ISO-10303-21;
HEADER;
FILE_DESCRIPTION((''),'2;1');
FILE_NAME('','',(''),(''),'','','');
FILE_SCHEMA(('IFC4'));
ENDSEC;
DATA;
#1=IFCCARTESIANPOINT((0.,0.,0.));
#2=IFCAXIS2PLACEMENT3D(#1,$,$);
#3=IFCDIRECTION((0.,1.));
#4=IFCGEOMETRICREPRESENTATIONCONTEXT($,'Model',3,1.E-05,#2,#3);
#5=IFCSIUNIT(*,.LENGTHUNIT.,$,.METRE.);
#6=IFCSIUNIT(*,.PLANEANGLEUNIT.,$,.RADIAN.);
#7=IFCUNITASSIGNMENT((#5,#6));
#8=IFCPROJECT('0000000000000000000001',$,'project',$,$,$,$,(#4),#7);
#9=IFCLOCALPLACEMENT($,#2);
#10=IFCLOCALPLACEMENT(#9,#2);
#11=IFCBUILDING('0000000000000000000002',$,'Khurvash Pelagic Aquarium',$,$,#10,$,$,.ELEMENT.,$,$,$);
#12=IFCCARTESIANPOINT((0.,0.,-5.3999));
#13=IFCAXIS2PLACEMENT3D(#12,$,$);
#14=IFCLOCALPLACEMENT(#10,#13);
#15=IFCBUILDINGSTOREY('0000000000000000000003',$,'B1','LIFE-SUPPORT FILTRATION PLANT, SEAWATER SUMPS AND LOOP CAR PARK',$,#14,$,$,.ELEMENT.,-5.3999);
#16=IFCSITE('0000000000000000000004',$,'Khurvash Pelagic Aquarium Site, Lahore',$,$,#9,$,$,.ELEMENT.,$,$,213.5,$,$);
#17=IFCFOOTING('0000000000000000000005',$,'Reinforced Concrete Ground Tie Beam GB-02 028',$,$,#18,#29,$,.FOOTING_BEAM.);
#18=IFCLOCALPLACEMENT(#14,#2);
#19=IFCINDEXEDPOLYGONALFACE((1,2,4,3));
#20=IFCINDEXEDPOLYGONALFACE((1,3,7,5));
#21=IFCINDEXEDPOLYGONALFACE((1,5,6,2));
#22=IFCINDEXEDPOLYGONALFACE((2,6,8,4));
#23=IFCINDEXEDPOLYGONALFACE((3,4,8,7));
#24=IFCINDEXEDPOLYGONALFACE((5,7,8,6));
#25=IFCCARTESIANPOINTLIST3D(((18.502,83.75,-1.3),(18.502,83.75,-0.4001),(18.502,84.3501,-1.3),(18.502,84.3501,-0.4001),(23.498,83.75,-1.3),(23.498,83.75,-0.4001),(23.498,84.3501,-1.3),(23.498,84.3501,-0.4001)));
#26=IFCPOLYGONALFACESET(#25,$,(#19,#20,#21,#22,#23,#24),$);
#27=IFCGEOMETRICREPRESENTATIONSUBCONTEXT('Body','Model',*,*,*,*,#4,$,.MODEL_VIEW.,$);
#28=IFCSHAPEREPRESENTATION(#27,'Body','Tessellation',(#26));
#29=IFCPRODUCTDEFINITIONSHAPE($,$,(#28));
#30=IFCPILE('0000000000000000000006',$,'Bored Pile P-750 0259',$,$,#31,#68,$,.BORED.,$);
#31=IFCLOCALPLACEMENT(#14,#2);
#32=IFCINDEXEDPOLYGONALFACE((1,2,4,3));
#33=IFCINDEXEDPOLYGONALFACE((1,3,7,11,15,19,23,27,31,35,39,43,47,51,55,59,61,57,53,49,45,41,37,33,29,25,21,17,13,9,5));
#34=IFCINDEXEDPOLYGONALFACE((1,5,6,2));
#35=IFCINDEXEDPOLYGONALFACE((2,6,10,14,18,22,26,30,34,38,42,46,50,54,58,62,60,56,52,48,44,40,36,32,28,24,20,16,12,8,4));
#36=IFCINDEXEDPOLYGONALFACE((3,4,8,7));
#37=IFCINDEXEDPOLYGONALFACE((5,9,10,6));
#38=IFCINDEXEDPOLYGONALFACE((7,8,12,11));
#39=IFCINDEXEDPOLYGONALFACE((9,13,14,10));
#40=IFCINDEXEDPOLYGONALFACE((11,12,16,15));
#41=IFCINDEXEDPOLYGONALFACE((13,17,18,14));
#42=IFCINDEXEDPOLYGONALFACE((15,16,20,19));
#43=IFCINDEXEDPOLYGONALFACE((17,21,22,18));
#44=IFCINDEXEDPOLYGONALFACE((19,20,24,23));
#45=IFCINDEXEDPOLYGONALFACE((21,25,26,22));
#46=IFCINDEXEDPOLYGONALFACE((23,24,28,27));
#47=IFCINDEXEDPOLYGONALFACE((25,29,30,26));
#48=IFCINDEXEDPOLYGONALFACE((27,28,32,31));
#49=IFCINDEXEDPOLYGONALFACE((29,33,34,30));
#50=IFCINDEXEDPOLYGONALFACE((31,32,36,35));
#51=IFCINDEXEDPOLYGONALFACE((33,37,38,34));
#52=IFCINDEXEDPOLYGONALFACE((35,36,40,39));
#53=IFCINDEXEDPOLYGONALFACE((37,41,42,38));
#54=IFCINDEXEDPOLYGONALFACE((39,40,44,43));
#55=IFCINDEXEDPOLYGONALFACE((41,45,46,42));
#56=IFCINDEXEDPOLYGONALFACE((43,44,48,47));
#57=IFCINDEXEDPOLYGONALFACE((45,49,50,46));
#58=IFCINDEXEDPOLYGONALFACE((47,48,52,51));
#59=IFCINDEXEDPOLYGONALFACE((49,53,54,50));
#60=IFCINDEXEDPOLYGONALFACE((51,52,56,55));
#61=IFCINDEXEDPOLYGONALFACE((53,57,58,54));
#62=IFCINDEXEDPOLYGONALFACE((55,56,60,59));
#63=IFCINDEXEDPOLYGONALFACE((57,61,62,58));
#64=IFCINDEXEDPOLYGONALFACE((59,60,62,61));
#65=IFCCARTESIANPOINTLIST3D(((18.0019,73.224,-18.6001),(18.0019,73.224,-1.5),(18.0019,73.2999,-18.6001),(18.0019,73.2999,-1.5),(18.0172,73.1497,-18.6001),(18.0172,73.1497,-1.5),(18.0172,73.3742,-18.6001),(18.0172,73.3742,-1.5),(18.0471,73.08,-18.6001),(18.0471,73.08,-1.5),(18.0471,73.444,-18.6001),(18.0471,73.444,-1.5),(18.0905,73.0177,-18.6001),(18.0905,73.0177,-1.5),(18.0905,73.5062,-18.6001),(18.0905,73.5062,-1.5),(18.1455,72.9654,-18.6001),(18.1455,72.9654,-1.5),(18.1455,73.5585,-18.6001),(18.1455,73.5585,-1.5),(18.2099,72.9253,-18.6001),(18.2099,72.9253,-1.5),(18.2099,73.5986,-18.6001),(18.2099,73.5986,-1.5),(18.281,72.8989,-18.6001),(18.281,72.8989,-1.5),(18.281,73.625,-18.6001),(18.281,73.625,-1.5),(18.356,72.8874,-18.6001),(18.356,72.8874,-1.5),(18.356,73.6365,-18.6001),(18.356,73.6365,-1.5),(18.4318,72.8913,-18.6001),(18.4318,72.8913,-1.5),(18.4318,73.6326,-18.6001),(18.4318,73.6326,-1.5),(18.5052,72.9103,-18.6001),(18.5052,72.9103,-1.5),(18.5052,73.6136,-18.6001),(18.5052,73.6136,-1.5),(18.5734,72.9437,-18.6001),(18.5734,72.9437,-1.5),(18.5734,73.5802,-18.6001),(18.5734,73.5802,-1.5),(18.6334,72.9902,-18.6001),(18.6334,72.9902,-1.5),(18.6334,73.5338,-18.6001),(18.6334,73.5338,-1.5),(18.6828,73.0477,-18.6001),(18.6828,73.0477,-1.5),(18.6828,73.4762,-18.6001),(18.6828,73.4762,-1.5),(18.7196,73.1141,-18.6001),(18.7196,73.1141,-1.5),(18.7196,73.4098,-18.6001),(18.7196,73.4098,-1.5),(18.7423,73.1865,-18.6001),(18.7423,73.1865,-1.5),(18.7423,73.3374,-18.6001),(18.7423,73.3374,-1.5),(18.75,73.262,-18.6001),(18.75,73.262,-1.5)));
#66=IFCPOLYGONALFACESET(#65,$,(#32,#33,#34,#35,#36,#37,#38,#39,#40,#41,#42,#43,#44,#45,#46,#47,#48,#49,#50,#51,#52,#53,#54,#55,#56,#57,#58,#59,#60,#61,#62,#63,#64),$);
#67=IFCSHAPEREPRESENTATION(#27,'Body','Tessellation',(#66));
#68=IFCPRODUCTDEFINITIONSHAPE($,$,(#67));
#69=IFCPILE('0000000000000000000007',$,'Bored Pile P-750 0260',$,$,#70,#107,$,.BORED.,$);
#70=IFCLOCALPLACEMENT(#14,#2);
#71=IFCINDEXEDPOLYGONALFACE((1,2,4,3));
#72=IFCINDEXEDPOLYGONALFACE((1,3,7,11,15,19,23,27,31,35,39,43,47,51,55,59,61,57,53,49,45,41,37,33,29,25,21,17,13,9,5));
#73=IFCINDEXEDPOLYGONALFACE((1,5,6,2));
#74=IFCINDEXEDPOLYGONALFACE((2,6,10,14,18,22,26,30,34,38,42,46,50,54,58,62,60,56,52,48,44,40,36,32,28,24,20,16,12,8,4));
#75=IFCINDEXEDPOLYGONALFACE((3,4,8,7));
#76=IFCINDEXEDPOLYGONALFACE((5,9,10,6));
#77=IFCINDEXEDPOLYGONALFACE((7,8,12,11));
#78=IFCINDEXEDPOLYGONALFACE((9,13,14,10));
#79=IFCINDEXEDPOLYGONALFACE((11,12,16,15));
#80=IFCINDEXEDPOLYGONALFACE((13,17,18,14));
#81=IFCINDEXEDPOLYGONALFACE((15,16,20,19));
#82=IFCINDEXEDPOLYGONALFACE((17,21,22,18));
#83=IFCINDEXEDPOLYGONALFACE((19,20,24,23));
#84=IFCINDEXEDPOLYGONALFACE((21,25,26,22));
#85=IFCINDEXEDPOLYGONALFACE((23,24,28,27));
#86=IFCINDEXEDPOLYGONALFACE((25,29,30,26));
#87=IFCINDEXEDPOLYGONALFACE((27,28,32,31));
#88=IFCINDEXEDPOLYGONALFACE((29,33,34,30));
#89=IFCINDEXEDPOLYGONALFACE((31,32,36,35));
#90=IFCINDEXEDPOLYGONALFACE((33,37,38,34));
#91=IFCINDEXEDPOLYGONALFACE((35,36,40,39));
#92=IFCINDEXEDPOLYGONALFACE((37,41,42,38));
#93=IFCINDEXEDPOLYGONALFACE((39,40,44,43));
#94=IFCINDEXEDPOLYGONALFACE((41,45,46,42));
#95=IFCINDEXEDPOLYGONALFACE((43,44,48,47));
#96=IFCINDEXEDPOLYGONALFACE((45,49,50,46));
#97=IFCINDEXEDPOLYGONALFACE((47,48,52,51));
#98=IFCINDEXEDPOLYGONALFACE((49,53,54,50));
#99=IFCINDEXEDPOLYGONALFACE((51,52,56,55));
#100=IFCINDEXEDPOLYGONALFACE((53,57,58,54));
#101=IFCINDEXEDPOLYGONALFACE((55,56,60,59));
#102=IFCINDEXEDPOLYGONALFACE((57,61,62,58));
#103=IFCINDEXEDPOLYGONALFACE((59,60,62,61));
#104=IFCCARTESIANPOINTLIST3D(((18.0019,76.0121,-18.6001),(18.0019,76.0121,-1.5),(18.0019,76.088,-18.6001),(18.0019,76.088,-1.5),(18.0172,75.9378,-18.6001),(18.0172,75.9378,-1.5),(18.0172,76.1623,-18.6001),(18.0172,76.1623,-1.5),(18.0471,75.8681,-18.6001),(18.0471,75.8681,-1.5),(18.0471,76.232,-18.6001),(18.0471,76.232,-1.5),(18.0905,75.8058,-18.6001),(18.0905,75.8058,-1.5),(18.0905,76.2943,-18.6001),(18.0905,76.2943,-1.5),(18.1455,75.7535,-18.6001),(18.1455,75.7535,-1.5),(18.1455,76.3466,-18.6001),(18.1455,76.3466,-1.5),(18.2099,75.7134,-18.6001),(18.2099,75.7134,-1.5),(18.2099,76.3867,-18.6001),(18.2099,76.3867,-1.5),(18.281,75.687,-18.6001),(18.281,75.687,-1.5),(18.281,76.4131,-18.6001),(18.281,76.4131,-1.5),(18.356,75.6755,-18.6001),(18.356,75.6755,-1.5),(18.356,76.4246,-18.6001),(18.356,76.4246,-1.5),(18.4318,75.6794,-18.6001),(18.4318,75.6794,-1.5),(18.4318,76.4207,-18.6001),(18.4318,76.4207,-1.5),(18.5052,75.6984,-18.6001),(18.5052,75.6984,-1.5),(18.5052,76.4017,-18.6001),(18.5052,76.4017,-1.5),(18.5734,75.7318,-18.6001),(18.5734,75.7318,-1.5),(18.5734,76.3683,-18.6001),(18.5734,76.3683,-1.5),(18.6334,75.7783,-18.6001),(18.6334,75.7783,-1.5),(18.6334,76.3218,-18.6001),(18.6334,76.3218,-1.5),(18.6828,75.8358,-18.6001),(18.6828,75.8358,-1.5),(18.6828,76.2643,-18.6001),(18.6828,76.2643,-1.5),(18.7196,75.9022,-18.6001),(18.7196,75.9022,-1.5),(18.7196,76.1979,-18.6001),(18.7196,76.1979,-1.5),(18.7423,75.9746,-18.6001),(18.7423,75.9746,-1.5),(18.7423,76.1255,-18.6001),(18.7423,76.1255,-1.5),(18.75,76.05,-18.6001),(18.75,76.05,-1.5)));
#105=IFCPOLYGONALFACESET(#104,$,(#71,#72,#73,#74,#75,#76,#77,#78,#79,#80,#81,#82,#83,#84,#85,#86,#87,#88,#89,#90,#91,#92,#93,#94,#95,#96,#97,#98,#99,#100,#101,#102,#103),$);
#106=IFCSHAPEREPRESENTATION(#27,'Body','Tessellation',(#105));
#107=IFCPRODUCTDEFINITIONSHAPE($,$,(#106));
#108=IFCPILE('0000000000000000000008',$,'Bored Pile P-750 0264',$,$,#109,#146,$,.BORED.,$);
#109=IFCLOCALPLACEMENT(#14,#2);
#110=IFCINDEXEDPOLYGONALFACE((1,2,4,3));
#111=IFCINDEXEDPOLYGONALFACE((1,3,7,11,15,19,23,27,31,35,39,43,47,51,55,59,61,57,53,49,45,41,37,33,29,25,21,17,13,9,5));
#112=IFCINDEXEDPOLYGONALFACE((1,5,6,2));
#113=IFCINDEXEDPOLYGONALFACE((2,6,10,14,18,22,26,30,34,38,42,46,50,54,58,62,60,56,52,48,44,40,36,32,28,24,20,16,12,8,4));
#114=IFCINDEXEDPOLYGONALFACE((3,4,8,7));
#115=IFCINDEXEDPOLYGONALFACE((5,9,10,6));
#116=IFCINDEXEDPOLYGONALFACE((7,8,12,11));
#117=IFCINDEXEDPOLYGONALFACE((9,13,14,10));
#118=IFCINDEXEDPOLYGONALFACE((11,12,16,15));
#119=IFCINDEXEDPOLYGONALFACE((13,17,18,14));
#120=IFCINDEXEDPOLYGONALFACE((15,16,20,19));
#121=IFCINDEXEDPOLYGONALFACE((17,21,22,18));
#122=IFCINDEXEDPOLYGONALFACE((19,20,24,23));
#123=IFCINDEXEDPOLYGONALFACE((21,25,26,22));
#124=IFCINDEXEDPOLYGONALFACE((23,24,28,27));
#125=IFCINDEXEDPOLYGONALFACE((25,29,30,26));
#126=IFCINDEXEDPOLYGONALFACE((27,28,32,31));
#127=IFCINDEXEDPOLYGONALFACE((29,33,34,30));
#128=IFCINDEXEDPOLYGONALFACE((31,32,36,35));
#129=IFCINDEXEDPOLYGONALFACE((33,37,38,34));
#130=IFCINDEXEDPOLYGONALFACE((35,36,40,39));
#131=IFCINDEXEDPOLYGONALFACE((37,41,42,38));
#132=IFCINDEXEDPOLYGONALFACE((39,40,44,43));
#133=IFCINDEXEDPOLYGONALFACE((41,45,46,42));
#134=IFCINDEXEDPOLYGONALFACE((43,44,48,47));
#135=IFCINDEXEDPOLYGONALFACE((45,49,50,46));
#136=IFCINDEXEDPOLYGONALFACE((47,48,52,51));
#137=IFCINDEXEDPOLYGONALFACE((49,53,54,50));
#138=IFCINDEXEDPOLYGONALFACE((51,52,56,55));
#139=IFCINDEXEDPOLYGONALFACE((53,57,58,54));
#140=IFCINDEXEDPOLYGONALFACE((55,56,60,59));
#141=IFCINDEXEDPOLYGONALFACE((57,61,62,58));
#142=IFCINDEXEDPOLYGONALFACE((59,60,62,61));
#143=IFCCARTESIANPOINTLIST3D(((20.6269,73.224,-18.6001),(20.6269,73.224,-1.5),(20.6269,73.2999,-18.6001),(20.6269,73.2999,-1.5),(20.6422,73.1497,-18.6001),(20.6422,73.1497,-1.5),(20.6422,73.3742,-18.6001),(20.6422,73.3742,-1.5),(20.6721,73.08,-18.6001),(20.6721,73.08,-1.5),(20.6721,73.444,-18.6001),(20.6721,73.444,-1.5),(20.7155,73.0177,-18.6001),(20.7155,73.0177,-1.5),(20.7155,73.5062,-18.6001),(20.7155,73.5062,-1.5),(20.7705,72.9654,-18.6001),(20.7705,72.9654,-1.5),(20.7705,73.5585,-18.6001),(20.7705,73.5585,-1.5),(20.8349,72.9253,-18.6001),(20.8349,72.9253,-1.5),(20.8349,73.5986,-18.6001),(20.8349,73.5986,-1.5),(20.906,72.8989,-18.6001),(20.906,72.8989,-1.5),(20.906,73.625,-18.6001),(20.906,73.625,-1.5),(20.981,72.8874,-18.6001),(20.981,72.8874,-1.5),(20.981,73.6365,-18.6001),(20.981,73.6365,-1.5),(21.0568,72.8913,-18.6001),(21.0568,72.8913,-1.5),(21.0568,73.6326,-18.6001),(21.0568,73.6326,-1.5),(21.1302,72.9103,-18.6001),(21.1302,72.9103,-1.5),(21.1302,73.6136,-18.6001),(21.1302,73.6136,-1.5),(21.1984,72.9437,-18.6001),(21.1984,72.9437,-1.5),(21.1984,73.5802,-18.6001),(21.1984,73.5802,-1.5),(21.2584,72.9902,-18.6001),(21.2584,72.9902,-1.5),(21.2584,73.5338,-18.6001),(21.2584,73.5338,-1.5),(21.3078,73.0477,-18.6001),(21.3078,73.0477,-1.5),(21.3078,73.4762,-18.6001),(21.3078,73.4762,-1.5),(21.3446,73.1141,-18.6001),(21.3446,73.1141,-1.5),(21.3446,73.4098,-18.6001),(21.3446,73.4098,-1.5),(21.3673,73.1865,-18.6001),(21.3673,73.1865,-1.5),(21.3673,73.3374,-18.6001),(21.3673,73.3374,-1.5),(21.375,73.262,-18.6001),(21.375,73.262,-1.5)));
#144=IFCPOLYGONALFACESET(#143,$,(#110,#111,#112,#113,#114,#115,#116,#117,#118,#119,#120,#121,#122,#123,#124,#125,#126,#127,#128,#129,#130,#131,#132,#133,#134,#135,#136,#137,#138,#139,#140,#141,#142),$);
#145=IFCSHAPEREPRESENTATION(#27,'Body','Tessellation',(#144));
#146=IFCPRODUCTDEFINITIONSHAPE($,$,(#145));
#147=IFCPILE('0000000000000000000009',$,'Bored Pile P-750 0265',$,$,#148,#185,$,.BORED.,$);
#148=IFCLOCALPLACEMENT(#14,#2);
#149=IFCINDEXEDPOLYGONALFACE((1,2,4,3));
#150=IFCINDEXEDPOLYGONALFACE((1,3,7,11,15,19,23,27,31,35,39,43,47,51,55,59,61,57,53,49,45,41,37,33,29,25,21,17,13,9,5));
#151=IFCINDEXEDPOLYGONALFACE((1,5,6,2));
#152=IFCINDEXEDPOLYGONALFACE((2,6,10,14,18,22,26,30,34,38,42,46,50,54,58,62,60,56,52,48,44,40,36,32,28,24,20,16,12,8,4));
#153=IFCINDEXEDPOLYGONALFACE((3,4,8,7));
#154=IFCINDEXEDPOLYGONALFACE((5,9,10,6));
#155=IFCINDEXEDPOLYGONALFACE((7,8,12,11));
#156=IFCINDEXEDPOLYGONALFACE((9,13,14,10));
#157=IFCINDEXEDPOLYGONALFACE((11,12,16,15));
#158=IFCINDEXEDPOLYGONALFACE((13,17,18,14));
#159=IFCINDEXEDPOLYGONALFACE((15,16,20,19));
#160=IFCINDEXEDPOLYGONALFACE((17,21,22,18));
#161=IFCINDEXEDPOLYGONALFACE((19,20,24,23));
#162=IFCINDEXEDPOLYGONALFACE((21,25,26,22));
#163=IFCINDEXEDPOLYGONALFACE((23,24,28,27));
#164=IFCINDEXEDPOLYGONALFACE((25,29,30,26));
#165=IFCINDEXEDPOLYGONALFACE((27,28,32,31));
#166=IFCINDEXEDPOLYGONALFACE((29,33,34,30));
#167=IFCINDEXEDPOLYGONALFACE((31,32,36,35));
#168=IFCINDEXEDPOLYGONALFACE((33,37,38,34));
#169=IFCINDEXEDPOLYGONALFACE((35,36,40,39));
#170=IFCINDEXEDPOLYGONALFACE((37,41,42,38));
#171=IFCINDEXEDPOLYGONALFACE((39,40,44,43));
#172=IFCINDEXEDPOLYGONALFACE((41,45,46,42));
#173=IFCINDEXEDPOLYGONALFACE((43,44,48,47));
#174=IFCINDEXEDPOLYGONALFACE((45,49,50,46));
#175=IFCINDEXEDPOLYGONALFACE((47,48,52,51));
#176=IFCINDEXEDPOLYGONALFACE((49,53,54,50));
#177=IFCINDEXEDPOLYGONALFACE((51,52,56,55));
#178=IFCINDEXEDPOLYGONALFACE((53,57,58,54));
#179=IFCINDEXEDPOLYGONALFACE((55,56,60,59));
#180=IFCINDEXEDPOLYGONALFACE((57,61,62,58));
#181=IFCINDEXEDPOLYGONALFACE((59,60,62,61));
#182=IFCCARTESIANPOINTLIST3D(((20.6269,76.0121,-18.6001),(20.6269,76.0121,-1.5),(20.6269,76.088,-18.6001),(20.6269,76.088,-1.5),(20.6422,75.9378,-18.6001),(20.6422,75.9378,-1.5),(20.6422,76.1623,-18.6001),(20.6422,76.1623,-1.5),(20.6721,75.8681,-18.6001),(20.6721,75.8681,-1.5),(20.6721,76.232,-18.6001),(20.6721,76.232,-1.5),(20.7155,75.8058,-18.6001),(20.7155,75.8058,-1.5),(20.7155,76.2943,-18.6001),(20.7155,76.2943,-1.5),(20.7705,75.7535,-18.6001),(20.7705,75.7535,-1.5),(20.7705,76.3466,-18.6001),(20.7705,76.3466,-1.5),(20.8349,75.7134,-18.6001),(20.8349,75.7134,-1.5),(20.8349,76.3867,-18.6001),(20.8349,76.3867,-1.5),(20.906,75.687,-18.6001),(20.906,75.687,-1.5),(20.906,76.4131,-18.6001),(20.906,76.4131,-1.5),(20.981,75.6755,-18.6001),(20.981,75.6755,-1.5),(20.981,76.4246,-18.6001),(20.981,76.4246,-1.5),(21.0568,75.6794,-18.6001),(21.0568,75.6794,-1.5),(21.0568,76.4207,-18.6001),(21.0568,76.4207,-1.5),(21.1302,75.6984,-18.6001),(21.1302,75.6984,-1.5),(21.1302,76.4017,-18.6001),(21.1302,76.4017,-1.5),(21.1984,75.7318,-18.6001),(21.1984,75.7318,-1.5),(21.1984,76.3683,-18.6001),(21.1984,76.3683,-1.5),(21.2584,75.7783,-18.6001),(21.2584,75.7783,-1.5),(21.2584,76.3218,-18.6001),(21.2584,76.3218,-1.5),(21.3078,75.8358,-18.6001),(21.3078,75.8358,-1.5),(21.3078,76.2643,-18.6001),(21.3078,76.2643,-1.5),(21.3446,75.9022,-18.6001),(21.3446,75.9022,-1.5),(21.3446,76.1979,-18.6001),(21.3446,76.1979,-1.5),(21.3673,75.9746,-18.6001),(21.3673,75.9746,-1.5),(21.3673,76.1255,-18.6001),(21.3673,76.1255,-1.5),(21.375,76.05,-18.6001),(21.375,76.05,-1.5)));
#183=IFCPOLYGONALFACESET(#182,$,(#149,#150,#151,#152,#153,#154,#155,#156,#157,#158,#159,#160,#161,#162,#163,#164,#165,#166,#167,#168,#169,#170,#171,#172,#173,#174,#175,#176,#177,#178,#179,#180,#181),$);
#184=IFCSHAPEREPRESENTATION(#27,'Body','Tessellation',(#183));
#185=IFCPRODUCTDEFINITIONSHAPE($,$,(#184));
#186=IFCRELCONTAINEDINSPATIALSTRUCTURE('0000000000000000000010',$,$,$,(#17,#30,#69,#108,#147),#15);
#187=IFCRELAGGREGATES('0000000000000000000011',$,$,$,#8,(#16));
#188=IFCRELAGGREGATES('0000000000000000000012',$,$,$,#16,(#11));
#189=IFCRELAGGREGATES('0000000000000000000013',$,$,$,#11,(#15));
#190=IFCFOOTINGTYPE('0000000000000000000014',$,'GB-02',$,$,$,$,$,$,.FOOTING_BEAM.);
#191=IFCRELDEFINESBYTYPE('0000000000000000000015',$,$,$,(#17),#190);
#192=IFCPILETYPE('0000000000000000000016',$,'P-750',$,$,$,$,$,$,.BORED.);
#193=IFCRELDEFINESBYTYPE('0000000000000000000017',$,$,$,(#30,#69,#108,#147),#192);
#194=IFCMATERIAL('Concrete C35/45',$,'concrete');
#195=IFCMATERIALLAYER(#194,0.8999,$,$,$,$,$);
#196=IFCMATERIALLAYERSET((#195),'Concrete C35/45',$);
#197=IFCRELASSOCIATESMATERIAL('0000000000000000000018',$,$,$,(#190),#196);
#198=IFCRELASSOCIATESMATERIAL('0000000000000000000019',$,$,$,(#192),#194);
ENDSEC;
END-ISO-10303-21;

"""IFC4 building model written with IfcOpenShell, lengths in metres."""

from ifc_helpers import new_model, si_unit, direction, frame, origin, origin_2d, place, context, subcontext, project, spatial, rectangle, circle, extrude, material, layer, layer_set, material_profile, profile_set, type_object, element, save


model = new_model("IFC4")

# Units and contexts
model_context = context("Model", 3, precision=1e-05, world=origin(), true_north=direction((0.0, 1.0)))
body_context = subcontext(model_context, "Body", "Model", "MODEL_VIEW")
ifc_project = project(units=[si_unit("LENGTHUNIT", "METRE"), si_unit("PLANEANGLEUNIT", "RADIAN")], contexts=[model_context])

# Site, building, storey
site_placement = place(None, origin())
site = spatial("IfcSite", under=ifc_project, at=site_placement, Name="Khurvash Pelagic Aquarium Site, Lahore", CompositionType="ELEMENT", RefElevation=213.5)
building_placement = place(site_placement, origin())
building = spatial("IfcBuilding", under=site, at=building_placement, Name="Khurvash Pelagic Aquarium", CompositionType="ELEMENT")
storey_placement = place(building_placement, frame((0.0, 0.0, -5.3999)))
storey = spatial("IfcBuildingStorey", under=building, at=storey_placement, Name="B1", Description="LIFE-SUPPORT FILTRATION PLANT, SEAWATER SUMPS AND LOOP CAR PARK", CompositionType="ELEMENT", Elevation=-5.3999)

# Footing
ifc_material_1 = material(Name="Concrete C35/45", Category="concrete")
ifc_layer_1 = layer(ifc_material_1, 0.8999)
ifc_layer_set_1 = layer_set([ifc_layer_1], Name="Concrete C35/45")
footing_type_1 = type_object("IfcFootingType", Name="GB-02", PredefinedType="FOOTING_BEAM", material=ifc_layer_set_1)
footing_1_placement = place(storey_placement, frame((21.0, 84.05, -1.3), z_axis=(0.0, 0.0, 1.0), x_axis=(1.0, 0.0, 0.0)))
element("IfcFooting", 1, at=footing_1_placement, inside=storey, type_object=footing_type_1, Name="Reinforced Concrete Ground Tie Beam GB-02 028", PredefinedType="FOOTING_BEAM", context=body_context, shape_type="SweptSolid", body=[
    extrude(rectangle(XDim=4.9961, YDim=0.6001, at=origin_2d()), origin(), (0.0, 0.0, 1.0), 0.8999),
])

# Piles
ifc_material_profile_1 = material_profile(ifc_material_1, circle(Radius=0.375, at=origin_2d()), Name="PILE750")
ifc_profile_set_1 = profile_set([ifc_material_profile_1], Name="Concrete C35/45")
pile_type = type_object("IfcPileType", Name="P-750", PredefinedType="BORED", material=ifc_profile_set_1)
for number, where, z_axis, x_axis, name in (
    (2, (18.375, 73.262, -1.5), (0.0, 0.0, -1.0), (1.0, 0.0, 0.0), "Bored Pile P-750 0259"),
    (3, (18.375, 76.05, -1.5), (0.0, 0.0, -1.0), (1.0, 0.0, 0.0), "Bored Pile P-750 0260"),
    (4, (21.0, 73.262, -1.5), (0.0, 0.0, -1.0), (1.0, 0.0, 0.0), "Bored Pile P-750 0264"),
    (5, (21.0, 76.05, -1.5), (0.0, 0.0, -1.0), (1.0, 0.0, 0.0), "Bored Pile P-750 0265"),
):
    element("IfcPile", number, at=place(storey_placement, frame(where, z_axis=z_axis, x_axis=x_axis)), inside=storey, type_object=pile_type, Name=name, PredefinedType="BORED", context=body_context, shape_type="SweptSolid", body=[
        extrude(circle(Radius=0.375, at=origin_2d()), origin(), (0.0, 0.0, 1.0), 17.1001),
    ])

save(model, "model.ifc")
